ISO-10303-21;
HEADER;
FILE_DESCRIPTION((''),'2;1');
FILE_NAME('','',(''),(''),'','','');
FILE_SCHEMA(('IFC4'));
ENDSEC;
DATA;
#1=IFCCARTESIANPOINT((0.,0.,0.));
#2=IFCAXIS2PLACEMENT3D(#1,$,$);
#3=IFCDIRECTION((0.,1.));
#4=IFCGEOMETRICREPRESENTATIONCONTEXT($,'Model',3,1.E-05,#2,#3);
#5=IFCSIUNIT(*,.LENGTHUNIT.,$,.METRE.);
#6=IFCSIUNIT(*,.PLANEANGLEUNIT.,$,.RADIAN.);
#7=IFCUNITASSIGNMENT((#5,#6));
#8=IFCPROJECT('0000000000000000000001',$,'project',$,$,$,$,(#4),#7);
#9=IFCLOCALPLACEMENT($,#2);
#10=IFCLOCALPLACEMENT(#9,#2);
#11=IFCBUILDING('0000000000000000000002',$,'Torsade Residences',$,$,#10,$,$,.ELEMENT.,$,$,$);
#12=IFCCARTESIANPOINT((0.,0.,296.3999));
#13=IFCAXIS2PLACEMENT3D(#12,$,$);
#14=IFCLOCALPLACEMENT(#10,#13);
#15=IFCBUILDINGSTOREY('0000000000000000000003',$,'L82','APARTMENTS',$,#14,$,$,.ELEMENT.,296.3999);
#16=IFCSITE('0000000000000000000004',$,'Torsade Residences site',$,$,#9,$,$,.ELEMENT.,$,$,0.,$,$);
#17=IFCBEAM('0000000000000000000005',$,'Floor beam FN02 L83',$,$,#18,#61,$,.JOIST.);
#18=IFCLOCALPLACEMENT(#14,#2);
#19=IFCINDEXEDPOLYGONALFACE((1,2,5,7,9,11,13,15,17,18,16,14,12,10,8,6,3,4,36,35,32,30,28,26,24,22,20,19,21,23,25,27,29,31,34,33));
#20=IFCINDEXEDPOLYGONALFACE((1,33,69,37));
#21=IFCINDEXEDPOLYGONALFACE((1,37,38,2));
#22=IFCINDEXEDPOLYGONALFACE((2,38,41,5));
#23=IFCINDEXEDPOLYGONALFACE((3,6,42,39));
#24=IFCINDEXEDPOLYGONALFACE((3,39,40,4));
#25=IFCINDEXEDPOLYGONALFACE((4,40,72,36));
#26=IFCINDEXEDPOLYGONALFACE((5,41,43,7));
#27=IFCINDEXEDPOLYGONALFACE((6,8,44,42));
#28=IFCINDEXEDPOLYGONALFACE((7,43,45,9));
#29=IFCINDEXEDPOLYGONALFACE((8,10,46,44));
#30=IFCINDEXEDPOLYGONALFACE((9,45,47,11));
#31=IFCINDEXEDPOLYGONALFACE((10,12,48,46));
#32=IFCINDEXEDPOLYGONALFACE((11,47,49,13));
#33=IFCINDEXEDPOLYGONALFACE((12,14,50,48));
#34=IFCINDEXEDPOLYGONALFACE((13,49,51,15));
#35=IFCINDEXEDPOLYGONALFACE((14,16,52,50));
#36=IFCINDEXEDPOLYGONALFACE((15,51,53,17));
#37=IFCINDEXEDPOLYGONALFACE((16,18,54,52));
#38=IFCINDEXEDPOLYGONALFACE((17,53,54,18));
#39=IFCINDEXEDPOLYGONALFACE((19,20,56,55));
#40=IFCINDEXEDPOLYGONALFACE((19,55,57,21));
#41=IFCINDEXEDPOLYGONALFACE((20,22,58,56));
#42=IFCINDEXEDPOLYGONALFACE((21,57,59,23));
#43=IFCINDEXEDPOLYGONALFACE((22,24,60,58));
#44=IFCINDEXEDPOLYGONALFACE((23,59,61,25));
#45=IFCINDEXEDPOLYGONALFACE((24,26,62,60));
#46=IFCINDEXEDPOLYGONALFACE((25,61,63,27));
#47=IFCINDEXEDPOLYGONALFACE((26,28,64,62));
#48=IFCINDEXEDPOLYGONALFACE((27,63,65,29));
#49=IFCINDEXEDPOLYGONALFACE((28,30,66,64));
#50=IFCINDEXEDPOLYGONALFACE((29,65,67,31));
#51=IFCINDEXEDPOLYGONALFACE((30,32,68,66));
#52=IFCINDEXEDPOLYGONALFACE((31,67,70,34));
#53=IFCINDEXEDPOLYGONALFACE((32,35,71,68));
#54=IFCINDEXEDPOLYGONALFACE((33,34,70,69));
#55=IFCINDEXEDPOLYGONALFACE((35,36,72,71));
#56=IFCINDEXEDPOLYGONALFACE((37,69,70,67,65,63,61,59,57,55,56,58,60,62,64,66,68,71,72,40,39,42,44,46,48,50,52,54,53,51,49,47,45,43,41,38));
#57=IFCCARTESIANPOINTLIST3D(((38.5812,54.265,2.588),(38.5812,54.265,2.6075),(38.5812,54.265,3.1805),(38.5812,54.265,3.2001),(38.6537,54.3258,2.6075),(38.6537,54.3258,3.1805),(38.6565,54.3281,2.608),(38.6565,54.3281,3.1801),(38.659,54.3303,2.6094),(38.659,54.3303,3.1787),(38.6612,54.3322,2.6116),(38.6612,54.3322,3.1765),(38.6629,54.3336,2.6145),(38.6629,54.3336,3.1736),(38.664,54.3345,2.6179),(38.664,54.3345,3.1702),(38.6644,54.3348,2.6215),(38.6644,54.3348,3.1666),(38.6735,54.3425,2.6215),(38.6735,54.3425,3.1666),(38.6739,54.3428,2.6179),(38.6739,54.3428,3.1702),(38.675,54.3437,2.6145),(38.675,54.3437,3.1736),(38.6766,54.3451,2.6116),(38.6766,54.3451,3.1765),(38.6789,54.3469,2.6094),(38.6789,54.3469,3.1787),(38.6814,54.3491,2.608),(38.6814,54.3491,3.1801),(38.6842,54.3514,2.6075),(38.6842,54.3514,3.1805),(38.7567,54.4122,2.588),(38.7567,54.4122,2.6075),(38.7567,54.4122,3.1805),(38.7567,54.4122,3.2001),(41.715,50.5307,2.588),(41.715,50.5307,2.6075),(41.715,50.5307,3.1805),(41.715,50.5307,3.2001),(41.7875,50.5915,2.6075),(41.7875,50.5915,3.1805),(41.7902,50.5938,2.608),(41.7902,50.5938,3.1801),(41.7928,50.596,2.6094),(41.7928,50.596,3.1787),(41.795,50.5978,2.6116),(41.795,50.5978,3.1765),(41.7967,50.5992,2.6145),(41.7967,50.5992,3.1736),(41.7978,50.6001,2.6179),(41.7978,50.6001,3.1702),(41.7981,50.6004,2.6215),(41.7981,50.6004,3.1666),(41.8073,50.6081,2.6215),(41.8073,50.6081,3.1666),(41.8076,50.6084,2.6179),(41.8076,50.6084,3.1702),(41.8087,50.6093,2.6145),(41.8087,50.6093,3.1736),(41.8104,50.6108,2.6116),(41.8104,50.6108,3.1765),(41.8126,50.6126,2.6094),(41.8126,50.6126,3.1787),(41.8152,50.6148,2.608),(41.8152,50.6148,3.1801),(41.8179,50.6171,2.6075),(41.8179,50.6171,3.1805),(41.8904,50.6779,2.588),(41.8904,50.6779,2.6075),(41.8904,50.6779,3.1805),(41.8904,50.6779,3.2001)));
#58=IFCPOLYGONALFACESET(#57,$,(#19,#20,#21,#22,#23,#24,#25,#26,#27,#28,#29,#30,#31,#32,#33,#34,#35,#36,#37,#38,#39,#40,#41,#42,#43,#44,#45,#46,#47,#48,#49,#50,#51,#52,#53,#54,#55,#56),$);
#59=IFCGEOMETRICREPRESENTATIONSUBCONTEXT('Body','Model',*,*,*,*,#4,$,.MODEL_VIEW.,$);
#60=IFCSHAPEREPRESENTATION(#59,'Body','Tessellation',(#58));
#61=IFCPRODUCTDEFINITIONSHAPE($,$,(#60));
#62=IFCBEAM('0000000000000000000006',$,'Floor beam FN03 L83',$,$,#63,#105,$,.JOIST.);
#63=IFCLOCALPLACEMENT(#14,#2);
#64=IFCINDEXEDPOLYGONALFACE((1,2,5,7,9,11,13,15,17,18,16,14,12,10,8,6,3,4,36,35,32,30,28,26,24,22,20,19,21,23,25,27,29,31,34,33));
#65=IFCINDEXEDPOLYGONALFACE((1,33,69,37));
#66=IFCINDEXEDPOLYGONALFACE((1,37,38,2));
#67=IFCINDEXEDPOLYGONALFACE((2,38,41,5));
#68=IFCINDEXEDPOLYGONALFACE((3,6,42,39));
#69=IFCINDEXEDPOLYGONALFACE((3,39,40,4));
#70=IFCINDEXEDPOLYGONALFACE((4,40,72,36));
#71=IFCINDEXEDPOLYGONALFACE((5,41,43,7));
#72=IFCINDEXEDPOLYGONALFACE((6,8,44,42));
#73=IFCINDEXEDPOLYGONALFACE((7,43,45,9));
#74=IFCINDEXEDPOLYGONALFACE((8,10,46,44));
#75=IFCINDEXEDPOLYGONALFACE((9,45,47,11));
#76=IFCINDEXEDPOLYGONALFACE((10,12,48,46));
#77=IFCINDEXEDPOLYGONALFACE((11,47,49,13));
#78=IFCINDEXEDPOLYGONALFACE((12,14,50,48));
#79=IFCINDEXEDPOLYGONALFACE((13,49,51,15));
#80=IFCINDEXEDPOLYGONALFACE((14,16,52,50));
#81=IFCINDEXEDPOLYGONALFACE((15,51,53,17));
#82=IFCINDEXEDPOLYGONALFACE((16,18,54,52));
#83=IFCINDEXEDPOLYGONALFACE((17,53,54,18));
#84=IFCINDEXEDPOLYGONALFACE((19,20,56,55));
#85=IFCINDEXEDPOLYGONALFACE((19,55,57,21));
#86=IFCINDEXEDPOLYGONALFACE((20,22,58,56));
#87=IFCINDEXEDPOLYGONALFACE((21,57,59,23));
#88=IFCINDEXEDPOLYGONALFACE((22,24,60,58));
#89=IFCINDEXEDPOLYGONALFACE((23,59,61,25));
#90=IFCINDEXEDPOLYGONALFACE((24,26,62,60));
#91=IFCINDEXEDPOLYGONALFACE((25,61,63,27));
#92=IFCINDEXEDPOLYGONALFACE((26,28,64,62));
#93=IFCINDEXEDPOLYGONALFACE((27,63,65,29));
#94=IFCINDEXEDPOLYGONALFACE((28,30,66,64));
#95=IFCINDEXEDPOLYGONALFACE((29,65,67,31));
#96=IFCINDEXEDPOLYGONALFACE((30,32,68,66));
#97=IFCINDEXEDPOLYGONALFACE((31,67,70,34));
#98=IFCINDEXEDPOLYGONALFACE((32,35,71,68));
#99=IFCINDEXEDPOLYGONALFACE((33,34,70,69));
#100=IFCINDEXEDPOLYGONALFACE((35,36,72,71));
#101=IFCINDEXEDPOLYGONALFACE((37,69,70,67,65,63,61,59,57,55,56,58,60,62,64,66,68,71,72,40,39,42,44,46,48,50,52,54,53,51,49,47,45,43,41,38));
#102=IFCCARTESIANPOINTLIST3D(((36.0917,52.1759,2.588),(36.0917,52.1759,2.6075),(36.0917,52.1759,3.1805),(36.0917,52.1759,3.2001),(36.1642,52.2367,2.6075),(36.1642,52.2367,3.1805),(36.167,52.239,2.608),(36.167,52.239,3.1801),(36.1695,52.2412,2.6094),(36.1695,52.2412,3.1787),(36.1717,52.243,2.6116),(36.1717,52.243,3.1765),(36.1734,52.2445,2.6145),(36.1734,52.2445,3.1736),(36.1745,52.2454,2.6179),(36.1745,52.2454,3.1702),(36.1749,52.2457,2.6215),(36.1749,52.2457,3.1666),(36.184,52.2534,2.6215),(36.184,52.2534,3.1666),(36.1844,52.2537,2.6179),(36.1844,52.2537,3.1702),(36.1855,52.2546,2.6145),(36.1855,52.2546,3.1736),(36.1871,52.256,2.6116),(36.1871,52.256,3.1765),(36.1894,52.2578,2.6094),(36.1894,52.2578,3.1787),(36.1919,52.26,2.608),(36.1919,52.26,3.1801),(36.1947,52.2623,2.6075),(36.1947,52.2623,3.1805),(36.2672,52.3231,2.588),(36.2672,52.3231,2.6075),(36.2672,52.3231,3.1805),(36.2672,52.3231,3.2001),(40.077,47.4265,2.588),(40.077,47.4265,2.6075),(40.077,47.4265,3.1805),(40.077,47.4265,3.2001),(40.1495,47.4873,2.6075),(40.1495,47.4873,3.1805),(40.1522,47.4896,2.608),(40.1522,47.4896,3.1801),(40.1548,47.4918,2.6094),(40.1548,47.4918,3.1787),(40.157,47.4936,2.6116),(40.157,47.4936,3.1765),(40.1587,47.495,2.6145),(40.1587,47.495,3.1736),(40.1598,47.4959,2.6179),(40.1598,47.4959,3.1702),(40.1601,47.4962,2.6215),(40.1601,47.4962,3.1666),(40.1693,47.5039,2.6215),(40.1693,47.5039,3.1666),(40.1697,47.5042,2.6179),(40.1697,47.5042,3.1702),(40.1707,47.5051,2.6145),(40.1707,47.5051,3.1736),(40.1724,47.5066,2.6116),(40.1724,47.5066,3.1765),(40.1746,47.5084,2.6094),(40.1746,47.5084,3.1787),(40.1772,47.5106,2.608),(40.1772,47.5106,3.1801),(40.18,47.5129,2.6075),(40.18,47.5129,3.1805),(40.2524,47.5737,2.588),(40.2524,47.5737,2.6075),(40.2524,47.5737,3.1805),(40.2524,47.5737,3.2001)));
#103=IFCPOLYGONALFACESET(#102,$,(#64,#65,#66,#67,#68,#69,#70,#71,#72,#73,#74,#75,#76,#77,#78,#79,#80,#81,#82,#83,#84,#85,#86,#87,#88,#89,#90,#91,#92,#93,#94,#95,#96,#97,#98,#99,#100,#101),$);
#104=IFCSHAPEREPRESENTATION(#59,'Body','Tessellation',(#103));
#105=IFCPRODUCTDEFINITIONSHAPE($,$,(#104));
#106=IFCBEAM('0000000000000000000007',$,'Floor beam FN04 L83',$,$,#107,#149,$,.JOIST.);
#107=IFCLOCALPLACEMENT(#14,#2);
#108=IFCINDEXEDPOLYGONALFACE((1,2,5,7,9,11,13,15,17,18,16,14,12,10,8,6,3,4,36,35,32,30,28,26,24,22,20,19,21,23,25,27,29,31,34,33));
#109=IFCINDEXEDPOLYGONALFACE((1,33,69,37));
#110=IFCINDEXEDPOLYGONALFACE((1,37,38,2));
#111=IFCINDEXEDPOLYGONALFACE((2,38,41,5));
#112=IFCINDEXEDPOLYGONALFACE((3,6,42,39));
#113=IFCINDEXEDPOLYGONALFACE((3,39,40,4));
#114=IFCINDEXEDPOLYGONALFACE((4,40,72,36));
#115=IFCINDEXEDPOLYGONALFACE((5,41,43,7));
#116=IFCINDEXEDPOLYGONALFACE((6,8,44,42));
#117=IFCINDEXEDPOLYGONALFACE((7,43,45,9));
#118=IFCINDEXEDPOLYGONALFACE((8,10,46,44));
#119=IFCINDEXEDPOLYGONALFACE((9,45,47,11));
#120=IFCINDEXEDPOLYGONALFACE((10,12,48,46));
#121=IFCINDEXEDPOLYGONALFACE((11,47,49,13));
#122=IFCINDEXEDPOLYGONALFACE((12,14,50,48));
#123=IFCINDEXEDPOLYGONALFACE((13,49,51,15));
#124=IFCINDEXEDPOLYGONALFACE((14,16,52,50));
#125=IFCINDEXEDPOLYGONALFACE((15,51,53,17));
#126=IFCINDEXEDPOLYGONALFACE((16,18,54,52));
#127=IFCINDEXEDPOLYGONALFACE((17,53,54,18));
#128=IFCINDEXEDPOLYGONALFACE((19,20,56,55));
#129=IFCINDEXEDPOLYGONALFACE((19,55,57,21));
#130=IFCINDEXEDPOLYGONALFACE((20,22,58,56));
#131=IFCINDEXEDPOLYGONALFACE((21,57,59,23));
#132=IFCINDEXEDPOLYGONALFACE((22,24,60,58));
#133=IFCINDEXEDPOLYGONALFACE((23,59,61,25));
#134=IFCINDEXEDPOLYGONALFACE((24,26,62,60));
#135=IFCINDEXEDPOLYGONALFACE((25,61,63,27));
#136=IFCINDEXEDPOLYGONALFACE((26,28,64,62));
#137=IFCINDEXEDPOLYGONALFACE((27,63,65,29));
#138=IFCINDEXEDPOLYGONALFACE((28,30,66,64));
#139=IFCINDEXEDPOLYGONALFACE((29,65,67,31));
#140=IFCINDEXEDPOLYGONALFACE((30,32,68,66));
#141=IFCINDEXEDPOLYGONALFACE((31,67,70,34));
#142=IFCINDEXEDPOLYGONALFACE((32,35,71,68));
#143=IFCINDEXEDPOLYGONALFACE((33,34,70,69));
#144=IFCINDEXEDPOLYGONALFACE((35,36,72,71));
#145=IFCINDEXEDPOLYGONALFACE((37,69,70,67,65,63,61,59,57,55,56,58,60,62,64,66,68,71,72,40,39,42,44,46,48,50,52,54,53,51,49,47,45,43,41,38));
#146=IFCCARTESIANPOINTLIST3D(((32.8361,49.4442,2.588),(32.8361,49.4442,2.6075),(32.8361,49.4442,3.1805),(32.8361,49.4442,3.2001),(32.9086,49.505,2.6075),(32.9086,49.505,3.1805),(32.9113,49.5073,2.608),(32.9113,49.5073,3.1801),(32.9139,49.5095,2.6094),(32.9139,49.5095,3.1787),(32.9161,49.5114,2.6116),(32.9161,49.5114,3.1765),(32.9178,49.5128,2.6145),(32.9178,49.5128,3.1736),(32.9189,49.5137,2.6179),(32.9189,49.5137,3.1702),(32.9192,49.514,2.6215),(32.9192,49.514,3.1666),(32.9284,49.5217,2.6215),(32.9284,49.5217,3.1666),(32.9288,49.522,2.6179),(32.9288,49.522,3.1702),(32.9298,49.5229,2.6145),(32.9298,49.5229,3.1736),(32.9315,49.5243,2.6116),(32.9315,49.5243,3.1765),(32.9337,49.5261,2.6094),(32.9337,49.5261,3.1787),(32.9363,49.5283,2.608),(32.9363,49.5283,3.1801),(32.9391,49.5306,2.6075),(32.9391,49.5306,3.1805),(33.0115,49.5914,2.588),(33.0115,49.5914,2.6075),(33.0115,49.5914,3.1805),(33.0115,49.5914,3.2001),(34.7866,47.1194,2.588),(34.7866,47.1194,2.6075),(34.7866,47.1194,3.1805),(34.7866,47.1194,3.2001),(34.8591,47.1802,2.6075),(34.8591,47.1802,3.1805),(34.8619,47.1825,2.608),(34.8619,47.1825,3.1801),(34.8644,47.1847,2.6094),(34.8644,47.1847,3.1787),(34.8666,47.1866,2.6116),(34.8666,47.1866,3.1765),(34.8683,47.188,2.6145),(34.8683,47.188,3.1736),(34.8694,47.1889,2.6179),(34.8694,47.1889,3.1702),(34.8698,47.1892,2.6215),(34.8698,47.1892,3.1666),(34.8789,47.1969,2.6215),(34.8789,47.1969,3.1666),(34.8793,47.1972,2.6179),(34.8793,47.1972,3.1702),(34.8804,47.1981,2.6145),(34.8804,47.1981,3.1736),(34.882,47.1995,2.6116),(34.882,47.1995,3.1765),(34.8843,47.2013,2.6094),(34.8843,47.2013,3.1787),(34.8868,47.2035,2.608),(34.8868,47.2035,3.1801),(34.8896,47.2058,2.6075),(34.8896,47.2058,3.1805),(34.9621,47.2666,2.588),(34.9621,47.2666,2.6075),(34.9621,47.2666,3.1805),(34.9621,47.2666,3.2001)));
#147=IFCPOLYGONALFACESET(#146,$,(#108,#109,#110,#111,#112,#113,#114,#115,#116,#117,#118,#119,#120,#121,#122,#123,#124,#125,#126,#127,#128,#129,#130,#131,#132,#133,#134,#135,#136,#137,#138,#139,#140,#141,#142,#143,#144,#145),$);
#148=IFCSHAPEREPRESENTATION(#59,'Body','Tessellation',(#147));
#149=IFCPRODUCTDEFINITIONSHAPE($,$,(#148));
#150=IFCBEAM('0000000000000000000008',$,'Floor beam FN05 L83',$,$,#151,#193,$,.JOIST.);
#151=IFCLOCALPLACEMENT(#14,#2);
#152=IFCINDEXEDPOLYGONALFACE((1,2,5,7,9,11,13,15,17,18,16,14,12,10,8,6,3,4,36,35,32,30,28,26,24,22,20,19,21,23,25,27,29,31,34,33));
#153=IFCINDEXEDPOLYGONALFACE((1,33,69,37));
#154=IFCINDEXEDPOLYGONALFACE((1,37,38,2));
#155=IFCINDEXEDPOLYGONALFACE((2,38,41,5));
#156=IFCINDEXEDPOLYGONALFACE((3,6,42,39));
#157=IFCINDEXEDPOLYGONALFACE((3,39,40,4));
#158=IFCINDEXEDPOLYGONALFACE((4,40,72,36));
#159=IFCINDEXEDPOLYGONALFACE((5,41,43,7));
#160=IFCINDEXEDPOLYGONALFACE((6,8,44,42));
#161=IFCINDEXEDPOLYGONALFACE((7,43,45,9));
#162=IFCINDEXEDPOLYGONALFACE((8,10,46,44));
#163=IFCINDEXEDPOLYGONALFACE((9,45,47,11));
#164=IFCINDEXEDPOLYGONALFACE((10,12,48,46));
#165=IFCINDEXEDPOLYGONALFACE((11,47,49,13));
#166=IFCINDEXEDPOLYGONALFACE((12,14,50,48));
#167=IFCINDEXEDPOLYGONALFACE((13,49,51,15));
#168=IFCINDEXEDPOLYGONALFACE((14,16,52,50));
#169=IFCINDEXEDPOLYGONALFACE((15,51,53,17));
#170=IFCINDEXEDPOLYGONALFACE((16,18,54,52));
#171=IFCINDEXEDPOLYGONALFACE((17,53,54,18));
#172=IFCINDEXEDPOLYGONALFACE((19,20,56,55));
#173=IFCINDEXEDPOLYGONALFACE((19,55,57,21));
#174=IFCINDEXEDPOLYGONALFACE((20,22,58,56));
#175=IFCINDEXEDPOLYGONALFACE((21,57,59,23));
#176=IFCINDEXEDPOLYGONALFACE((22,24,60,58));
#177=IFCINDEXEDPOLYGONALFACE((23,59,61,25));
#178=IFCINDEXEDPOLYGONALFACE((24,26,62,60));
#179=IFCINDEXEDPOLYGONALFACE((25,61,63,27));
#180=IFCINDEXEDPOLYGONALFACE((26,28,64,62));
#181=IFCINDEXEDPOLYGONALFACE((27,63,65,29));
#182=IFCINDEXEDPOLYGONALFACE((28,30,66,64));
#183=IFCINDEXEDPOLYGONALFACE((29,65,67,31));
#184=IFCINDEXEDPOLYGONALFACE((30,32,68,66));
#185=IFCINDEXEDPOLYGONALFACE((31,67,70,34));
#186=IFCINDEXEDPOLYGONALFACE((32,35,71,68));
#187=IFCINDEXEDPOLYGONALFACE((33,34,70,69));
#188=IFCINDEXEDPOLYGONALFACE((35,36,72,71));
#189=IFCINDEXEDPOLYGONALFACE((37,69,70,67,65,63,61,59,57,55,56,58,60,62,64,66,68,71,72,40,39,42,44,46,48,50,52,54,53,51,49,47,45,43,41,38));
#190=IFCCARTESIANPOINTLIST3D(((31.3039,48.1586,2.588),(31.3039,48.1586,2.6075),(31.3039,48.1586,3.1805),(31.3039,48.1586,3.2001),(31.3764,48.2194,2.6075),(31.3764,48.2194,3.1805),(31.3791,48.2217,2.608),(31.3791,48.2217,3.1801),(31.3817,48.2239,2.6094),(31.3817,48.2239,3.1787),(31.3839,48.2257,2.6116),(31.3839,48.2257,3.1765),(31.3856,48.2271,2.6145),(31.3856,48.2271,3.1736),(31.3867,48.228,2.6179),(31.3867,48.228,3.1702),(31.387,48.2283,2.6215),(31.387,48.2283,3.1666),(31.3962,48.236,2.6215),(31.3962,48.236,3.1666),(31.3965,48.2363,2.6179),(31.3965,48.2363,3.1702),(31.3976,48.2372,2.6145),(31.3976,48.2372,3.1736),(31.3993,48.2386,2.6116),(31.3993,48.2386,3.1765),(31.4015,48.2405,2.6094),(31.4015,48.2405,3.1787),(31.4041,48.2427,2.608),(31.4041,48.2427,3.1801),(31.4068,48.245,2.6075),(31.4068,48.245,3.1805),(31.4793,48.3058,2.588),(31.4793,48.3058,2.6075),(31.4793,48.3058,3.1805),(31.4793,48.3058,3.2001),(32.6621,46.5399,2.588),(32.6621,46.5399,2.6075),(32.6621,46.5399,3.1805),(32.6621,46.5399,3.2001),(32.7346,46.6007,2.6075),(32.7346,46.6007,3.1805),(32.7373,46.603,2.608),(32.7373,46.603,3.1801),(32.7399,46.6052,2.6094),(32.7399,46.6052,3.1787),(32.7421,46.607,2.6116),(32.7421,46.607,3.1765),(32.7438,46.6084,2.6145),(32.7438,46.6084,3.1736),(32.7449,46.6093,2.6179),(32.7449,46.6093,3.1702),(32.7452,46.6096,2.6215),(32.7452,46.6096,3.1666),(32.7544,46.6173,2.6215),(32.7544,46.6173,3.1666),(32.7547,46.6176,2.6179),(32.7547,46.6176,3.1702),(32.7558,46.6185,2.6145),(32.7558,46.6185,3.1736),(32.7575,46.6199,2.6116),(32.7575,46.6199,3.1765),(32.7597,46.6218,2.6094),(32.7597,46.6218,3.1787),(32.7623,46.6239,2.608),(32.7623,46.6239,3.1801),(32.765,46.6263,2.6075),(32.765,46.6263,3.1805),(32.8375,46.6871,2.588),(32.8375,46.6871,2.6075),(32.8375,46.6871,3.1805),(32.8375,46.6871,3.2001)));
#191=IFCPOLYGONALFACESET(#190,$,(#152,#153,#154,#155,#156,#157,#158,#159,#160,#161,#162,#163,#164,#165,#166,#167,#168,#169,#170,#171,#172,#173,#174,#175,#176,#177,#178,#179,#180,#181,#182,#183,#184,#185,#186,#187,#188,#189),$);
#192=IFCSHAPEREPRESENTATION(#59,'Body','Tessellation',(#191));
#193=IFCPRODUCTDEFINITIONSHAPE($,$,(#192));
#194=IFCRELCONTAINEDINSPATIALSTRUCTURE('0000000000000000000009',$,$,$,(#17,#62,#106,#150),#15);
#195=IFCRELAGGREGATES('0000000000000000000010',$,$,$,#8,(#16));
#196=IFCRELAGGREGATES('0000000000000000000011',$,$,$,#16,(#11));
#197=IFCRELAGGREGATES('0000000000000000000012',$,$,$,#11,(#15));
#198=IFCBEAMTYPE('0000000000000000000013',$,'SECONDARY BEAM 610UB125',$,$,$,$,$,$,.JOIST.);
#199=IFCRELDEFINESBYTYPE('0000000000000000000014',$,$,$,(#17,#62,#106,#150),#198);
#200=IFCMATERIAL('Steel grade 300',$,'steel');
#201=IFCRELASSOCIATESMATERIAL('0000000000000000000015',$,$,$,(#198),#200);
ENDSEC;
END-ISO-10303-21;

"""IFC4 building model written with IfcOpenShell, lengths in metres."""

from ifc_helpers import new_model, si_unit, direction, frame, origin, origin_2d, place, context, subcontext, project, spatial, i_section, extrude, material, material_profile, profile_set, type_object, element, save


model = new_model("IFC4")

# Units and contexts
model_context = context("Model", 3, precision=1e-05, world=origin(), true_north=direction((0.0, 1.0)))
body_context = subcontext(model_context, "Body", "Model", "MODEL_VIEW")
ifc_project = project(units=[si_unit("LENGTHUNIT", "METRE"), si_unit("PLANEANGLEUNIT", "RADIAN")], contexts=[model_context])

# Site, building, storey
site_placement = place(None, origin())
site = spatial("IfcSite", under=ifc_project, at=site_placement, Name="Torsade Residences site", CompositionType="ELEMENT", RefElevation=0.0)
building_placement = place(site_placement, origin())
building = spatial("IfcBuilding", under=site, at=building_placement, Name="Torsade Residences", CompositionType="ELEMENT")
storey_placement = place(building_placement, frame((0.0, 0.0, 296.3999)))
storey = spatial("IfcBuildingStorey", under=building, at=storey_placement, Name="L82", Description="APARTMENTS", CompositionType="ELEMENT", Elevation=296.3999)

# Beams
ifc_material_1 = material(Name="Steel grade 300", Category="steel")
ifc_material_profile_1 = material_profile(ifc_material_1, i_section(OverallWidth=0.229, OverallDepth=0.6121, WebThickness=0.012, FlangeThickness=0.0195, FilletRadius=0.0139, at=origin_2d()), Name="610UB125")
ifc_profile_set_1 = profile_set([ifc_material_profile_1], Name="Steel grade 300")
beam_type_1 = type_object("IfcBeamType", Name="SECONDARY BEAM 610UB125", PredefinedType="JOIST", material=ifc_profile_set_1)
beam_1_placement = place(storey_placement, frame((38.6689, 54.3386, 2.894), z_axis=(0.642821, -0.766017, 0.0), x_axis=(0.766017, 0.642821, 0.0)))
element("IfcBeam", 1, at=beam_1_placement, inside=storey, type_object=beam_type_1, Name="Floor beam FN02 L83", PredefinedType="JOIST", context=body_context, shape_type="SweptSolid", body=[
    extrude(i_section(OverallWidth=0.229, OverallDepth=0.6121, WebThickness=0.012, FlangeThickness=0.0195, FilletRadius=0.0139, at=origin_2d()), origin(), (0.0, 0.0, 1.0), 4.875),
])
beam_2_placement = place(storey_placement, frame((36.1794, 52.2495, 2.894), z_axis=(0.642791, -0.766041, 0.0), x_axis=(0.766041, 0.642791, 0.0)))
element("IfcBeam", 2, at=beam_2_placement, inside=storey, type_object=beam_type_1, Name="Floor beam FN03 L83", PredefinedType="JOIST", context=body_context, shape_type="SweptSolid", body=[
    extrude(i_section(OverallWidth=0.229, OverallDepth=0.6121, WebThickness=0.012, FlangeThickness=0.0195, FilletRadius=0.0139, at=origin_2d()), origin(), (0.0, 0.0, 1.0), 6.2),
])
beam_3_placement = place(storey_placement, frame((32.9238, 49.5178, 2.894), z_axis=(0.642745, -0.76608, 0.0), x_axis=(0.76608, 0.642745, 0.0)))
element("IfcBeam", 3, at=beam_3_placement, inside=storey, type_object=beam_type_1, Name="Floor beam FN04 L83", PredefinedType="JOIST", context=body_context, shape_type="SweptSolid", body=[
    extrude(i_section(OverallWidth=0.229, OverallDepth=0.6121, WebThickness=0.012, FlangeThickness=0.0195, FilletRadius=0.0139, at=origin_2d()), origin(), (0.0, 0.0, 1.0), 3.0347),
])
beam_4_placement = place(storey_placement, frame((31.3916, 48.2322, 2.894), z_axis=(0.642772, -0.766058, 0.0), x_axis=(0.766058, 0.642772, 0.0)))
element("IfcBeam", 4, at=beam_4_placement, inside=storey, type_object=beam_type_1, Name="Floor beam FN05 L83", PredefinedType="JOIST", context=body_context, shape_type="SweptSolid", body=[
    extrude(i_section(OverallWidth=0.229, OverallDepth=0.6121, WebThickness=0.012, FlangeThickness=0.0195, FilletRadius=0.0139, at=origin_2d()), origin(), (0.0, 0.0, 1.0), 2.113),
])

save(model, "model.ifc")
